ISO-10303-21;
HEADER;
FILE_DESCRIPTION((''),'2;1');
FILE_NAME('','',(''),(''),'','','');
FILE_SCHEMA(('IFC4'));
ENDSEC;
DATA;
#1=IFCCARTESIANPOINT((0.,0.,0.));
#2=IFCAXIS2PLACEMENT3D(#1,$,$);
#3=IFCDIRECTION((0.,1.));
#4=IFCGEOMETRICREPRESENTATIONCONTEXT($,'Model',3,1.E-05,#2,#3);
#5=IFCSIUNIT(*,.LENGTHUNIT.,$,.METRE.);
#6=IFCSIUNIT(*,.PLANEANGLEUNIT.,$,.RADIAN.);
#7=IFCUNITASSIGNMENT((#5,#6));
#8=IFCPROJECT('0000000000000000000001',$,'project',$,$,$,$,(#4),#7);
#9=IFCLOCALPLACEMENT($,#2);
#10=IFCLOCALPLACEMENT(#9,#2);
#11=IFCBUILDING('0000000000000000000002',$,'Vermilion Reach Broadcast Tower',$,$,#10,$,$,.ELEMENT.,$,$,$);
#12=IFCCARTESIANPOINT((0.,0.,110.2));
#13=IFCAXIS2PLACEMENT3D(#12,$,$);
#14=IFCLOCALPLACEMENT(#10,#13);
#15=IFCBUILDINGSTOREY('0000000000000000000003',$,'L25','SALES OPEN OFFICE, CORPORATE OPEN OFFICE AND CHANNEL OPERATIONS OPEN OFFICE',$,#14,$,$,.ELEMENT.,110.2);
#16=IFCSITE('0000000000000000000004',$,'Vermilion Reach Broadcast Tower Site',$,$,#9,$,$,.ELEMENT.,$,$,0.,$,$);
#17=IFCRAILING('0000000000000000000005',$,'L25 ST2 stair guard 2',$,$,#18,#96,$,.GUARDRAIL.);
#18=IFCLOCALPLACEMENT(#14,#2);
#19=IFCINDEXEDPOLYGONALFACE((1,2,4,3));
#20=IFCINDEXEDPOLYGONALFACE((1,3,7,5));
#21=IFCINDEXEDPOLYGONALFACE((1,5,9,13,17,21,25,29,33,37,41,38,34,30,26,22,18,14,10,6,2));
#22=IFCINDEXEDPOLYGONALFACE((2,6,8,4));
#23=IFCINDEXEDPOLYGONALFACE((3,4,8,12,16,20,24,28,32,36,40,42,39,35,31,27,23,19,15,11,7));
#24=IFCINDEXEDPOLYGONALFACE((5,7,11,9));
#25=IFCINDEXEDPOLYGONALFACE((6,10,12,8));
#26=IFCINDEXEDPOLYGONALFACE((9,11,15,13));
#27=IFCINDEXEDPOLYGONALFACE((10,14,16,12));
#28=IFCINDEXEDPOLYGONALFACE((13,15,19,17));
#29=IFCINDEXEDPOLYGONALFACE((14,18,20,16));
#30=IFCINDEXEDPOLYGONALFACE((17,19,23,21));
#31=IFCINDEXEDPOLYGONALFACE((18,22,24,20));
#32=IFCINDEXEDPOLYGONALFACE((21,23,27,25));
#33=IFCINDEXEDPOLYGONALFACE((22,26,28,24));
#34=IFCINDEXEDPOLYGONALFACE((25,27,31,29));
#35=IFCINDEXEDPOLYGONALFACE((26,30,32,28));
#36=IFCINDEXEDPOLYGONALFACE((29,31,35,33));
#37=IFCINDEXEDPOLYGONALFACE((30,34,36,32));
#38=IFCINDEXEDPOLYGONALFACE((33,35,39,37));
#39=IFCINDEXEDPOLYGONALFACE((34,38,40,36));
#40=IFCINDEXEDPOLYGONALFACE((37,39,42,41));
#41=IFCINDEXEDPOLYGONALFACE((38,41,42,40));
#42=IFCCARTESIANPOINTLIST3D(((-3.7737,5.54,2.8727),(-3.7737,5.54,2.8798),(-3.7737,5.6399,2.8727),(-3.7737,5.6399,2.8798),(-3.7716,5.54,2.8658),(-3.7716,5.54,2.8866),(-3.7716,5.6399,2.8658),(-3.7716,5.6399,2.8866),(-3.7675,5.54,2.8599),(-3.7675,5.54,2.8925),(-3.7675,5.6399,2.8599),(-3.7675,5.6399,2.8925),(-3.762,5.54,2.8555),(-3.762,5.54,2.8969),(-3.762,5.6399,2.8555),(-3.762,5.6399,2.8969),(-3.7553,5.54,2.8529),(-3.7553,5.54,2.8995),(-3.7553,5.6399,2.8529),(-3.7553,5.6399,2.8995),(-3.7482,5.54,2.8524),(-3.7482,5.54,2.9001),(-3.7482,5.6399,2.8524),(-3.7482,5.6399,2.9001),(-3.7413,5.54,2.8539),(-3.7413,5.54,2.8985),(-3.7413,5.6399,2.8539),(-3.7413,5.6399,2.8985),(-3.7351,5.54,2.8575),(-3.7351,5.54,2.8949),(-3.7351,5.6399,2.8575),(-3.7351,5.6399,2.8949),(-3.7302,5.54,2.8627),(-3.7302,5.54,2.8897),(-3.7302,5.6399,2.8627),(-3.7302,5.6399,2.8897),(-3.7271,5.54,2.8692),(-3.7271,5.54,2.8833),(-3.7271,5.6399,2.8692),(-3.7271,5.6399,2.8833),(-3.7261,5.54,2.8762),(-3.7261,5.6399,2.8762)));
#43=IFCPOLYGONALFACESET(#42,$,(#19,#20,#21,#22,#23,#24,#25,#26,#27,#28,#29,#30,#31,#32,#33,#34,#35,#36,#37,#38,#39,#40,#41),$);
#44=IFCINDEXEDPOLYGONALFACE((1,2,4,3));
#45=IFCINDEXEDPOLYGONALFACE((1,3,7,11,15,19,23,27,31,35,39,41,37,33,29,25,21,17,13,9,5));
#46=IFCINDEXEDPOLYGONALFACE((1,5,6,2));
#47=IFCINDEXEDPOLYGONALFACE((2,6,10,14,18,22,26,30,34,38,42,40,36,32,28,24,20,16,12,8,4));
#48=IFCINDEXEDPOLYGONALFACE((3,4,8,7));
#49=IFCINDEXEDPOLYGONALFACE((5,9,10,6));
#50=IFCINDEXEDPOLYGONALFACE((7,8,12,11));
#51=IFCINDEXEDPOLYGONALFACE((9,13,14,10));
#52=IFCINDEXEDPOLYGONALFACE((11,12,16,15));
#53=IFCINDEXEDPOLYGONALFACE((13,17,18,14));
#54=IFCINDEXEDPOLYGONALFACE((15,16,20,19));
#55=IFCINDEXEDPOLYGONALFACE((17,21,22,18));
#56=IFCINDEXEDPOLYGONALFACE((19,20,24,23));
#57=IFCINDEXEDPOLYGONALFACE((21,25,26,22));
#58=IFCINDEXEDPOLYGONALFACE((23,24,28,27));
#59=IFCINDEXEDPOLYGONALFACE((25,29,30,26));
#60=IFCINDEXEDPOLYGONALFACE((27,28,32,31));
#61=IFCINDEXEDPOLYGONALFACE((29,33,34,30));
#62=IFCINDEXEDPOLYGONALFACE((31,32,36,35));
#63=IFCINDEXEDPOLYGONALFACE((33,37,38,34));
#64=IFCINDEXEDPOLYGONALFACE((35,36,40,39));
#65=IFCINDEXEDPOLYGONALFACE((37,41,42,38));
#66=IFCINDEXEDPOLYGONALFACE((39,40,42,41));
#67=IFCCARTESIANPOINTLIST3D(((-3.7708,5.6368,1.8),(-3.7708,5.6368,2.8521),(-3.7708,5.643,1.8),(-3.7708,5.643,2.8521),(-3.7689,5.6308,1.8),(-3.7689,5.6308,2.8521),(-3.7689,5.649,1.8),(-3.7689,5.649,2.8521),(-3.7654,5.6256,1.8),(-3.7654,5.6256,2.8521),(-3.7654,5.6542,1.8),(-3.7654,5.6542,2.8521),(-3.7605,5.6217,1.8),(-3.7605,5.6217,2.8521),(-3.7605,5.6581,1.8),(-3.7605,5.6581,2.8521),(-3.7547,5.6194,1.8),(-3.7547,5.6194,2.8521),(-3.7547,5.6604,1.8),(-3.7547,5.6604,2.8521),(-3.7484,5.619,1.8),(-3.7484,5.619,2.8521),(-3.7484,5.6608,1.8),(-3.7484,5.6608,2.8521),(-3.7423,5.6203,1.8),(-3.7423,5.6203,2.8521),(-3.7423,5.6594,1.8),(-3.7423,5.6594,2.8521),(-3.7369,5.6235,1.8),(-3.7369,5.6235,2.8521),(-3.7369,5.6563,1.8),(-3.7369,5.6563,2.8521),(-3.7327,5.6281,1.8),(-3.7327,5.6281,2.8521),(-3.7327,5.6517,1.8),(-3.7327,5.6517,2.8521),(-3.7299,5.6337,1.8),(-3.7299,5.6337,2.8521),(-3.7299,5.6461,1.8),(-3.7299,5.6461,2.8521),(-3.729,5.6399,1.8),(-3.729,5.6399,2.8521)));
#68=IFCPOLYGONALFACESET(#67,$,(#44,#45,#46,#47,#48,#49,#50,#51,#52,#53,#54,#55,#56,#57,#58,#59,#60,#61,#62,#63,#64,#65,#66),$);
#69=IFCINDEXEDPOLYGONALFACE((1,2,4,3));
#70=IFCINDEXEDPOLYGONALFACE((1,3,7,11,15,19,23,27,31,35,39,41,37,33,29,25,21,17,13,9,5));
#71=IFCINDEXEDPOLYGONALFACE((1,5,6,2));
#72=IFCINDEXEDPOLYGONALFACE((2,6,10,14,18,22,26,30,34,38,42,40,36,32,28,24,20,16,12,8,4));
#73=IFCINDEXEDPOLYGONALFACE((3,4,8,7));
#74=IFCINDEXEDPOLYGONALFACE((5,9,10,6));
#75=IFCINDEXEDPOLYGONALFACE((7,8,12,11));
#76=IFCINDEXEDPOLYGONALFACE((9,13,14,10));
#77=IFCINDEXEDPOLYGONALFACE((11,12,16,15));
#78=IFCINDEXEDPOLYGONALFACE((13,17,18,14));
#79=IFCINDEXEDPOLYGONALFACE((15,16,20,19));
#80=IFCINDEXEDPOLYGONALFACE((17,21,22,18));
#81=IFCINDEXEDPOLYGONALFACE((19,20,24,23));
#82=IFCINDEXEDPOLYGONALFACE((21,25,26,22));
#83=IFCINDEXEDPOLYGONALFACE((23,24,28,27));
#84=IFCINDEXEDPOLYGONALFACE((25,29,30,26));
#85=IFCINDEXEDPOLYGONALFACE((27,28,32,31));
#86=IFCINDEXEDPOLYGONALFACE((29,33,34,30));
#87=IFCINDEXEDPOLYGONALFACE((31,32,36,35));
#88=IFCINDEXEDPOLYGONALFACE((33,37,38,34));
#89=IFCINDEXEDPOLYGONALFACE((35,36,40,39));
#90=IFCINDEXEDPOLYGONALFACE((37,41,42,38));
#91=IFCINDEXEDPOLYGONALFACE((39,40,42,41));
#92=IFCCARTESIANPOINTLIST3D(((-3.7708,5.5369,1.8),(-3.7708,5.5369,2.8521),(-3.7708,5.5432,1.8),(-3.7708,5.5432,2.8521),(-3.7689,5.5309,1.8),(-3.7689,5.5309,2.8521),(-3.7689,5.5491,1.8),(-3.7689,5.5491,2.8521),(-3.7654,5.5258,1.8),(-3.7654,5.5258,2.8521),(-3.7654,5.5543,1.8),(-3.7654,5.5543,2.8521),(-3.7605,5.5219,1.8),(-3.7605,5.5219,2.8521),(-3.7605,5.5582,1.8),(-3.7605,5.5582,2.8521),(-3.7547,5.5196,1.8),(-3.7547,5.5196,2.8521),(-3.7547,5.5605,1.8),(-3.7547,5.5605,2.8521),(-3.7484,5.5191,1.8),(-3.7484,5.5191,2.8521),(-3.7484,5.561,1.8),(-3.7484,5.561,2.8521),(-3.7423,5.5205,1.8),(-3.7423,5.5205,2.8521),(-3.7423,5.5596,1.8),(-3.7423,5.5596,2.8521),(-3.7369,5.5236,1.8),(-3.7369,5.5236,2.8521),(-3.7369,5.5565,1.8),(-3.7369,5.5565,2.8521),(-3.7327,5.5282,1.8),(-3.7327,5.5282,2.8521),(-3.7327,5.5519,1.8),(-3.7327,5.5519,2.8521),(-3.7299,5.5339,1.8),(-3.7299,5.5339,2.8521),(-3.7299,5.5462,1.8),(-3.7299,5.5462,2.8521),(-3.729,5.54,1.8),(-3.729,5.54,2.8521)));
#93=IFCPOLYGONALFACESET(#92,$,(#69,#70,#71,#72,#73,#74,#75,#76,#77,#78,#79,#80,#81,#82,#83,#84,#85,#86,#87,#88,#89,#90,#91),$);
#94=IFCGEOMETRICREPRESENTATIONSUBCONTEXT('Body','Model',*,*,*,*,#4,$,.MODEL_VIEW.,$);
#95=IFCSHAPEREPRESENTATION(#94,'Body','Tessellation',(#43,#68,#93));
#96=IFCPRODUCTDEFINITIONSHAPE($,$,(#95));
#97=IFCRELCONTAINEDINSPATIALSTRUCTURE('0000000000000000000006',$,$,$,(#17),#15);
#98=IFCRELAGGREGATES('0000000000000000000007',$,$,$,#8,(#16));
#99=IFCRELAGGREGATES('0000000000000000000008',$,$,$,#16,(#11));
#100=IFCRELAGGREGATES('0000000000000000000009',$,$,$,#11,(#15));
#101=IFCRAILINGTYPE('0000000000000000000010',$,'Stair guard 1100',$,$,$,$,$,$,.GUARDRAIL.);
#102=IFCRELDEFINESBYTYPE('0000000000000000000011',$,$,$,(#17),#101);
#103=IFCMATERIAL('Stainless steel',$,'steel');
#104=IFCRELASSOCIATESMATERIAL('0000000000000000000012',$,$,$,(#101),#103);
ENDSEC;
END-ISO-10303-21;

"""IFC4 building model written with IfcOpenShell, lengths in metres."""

from ifc_helpers import new_model, si_unit, direction, frame, origin, origin_2d, place, context, subcontext, project, spatial, circle, extrude, material, type_object, element, save


model = new_model("IFC4")

# Units and contexts
model_context = context("Model", 3, precision=1e-05, world=origin(), true_north=direction((0.0, 1.0)))
body_context = subcontext(model_context, "Body", "Model", "MODEL_VIEW")
ifc_project = project(units=[si_unit("LENGTHUNIT", "METRE"), si_unit("PLANEANGLEUNIT", "RADIAN")], contexts=[model_context])

# Site, building, storey
site_placement = place(None, origin())
site = spatial("IfcSite", under=ifc_project, at=site_placement, Name="Vermilion Reach Broadcast Tower Site", CompositionType="ELEMENT", RefElevation=0.0)
building_placement = place(site_placement, origin())
building = spatial("IfcBuilding", under=site, at=building_placement, Name="Vermilion Reach Broadcast Tower", CompositionType="ELEMENT")
storey_placement = place(building_placement, frame((0.0, 0.0, 110.2)))
storey = spatial("IfcBuildingStorey", under=building, at=storey_placement, Name="L25", Description="SALES OPEN OFFICE, CORPORATE OPEN OFFICE AND CHANNEL OPERATIONS OPEN OFFICE", CompositionType="ELEMENT", Elevation=110.2)

# Railing
ifc_material_1 = material(Name="Stainless steel", Category="steel")
railing_type_1 = type_object("IfcRailingType", Name="Stair guard 1100", PredefinedType="GUARDRAIL", material=ifc_material_1)
railing_1_placement = place(storey_placement, frame((-3.75, 5.6399, 1.8)))
element("IfcRailing", 1, at=railing_1_placement, inside=storey, type_object=railing_type_1, Name="L25 ST2 stair guard 2", PredefinedType="GUARDRAIL", context=body_context, shape_type="SweptSolid", body=[
    extrude(circle(Radius=0.0239, at=origin_2d()), frame((0.0, 0.0, 1.0762), z_axis=(0.0, -1.0, 0.0), x_axis=(1.0, 0.0, 0.0)), (0.0, 0.0, 1.0), 0.0999),
    extrude(circle(Radius=0.021, at=origin_2d()), origin(), (0.0, 0.0, 1.0), 1.052),
    extrude(circle(Radius=0.021, at=origin_2d()), frame((0.0, -0.0999, 0.0)), (0.0, 0.0, 1.0), 1.052),
])

save(model, "model.ifc")
